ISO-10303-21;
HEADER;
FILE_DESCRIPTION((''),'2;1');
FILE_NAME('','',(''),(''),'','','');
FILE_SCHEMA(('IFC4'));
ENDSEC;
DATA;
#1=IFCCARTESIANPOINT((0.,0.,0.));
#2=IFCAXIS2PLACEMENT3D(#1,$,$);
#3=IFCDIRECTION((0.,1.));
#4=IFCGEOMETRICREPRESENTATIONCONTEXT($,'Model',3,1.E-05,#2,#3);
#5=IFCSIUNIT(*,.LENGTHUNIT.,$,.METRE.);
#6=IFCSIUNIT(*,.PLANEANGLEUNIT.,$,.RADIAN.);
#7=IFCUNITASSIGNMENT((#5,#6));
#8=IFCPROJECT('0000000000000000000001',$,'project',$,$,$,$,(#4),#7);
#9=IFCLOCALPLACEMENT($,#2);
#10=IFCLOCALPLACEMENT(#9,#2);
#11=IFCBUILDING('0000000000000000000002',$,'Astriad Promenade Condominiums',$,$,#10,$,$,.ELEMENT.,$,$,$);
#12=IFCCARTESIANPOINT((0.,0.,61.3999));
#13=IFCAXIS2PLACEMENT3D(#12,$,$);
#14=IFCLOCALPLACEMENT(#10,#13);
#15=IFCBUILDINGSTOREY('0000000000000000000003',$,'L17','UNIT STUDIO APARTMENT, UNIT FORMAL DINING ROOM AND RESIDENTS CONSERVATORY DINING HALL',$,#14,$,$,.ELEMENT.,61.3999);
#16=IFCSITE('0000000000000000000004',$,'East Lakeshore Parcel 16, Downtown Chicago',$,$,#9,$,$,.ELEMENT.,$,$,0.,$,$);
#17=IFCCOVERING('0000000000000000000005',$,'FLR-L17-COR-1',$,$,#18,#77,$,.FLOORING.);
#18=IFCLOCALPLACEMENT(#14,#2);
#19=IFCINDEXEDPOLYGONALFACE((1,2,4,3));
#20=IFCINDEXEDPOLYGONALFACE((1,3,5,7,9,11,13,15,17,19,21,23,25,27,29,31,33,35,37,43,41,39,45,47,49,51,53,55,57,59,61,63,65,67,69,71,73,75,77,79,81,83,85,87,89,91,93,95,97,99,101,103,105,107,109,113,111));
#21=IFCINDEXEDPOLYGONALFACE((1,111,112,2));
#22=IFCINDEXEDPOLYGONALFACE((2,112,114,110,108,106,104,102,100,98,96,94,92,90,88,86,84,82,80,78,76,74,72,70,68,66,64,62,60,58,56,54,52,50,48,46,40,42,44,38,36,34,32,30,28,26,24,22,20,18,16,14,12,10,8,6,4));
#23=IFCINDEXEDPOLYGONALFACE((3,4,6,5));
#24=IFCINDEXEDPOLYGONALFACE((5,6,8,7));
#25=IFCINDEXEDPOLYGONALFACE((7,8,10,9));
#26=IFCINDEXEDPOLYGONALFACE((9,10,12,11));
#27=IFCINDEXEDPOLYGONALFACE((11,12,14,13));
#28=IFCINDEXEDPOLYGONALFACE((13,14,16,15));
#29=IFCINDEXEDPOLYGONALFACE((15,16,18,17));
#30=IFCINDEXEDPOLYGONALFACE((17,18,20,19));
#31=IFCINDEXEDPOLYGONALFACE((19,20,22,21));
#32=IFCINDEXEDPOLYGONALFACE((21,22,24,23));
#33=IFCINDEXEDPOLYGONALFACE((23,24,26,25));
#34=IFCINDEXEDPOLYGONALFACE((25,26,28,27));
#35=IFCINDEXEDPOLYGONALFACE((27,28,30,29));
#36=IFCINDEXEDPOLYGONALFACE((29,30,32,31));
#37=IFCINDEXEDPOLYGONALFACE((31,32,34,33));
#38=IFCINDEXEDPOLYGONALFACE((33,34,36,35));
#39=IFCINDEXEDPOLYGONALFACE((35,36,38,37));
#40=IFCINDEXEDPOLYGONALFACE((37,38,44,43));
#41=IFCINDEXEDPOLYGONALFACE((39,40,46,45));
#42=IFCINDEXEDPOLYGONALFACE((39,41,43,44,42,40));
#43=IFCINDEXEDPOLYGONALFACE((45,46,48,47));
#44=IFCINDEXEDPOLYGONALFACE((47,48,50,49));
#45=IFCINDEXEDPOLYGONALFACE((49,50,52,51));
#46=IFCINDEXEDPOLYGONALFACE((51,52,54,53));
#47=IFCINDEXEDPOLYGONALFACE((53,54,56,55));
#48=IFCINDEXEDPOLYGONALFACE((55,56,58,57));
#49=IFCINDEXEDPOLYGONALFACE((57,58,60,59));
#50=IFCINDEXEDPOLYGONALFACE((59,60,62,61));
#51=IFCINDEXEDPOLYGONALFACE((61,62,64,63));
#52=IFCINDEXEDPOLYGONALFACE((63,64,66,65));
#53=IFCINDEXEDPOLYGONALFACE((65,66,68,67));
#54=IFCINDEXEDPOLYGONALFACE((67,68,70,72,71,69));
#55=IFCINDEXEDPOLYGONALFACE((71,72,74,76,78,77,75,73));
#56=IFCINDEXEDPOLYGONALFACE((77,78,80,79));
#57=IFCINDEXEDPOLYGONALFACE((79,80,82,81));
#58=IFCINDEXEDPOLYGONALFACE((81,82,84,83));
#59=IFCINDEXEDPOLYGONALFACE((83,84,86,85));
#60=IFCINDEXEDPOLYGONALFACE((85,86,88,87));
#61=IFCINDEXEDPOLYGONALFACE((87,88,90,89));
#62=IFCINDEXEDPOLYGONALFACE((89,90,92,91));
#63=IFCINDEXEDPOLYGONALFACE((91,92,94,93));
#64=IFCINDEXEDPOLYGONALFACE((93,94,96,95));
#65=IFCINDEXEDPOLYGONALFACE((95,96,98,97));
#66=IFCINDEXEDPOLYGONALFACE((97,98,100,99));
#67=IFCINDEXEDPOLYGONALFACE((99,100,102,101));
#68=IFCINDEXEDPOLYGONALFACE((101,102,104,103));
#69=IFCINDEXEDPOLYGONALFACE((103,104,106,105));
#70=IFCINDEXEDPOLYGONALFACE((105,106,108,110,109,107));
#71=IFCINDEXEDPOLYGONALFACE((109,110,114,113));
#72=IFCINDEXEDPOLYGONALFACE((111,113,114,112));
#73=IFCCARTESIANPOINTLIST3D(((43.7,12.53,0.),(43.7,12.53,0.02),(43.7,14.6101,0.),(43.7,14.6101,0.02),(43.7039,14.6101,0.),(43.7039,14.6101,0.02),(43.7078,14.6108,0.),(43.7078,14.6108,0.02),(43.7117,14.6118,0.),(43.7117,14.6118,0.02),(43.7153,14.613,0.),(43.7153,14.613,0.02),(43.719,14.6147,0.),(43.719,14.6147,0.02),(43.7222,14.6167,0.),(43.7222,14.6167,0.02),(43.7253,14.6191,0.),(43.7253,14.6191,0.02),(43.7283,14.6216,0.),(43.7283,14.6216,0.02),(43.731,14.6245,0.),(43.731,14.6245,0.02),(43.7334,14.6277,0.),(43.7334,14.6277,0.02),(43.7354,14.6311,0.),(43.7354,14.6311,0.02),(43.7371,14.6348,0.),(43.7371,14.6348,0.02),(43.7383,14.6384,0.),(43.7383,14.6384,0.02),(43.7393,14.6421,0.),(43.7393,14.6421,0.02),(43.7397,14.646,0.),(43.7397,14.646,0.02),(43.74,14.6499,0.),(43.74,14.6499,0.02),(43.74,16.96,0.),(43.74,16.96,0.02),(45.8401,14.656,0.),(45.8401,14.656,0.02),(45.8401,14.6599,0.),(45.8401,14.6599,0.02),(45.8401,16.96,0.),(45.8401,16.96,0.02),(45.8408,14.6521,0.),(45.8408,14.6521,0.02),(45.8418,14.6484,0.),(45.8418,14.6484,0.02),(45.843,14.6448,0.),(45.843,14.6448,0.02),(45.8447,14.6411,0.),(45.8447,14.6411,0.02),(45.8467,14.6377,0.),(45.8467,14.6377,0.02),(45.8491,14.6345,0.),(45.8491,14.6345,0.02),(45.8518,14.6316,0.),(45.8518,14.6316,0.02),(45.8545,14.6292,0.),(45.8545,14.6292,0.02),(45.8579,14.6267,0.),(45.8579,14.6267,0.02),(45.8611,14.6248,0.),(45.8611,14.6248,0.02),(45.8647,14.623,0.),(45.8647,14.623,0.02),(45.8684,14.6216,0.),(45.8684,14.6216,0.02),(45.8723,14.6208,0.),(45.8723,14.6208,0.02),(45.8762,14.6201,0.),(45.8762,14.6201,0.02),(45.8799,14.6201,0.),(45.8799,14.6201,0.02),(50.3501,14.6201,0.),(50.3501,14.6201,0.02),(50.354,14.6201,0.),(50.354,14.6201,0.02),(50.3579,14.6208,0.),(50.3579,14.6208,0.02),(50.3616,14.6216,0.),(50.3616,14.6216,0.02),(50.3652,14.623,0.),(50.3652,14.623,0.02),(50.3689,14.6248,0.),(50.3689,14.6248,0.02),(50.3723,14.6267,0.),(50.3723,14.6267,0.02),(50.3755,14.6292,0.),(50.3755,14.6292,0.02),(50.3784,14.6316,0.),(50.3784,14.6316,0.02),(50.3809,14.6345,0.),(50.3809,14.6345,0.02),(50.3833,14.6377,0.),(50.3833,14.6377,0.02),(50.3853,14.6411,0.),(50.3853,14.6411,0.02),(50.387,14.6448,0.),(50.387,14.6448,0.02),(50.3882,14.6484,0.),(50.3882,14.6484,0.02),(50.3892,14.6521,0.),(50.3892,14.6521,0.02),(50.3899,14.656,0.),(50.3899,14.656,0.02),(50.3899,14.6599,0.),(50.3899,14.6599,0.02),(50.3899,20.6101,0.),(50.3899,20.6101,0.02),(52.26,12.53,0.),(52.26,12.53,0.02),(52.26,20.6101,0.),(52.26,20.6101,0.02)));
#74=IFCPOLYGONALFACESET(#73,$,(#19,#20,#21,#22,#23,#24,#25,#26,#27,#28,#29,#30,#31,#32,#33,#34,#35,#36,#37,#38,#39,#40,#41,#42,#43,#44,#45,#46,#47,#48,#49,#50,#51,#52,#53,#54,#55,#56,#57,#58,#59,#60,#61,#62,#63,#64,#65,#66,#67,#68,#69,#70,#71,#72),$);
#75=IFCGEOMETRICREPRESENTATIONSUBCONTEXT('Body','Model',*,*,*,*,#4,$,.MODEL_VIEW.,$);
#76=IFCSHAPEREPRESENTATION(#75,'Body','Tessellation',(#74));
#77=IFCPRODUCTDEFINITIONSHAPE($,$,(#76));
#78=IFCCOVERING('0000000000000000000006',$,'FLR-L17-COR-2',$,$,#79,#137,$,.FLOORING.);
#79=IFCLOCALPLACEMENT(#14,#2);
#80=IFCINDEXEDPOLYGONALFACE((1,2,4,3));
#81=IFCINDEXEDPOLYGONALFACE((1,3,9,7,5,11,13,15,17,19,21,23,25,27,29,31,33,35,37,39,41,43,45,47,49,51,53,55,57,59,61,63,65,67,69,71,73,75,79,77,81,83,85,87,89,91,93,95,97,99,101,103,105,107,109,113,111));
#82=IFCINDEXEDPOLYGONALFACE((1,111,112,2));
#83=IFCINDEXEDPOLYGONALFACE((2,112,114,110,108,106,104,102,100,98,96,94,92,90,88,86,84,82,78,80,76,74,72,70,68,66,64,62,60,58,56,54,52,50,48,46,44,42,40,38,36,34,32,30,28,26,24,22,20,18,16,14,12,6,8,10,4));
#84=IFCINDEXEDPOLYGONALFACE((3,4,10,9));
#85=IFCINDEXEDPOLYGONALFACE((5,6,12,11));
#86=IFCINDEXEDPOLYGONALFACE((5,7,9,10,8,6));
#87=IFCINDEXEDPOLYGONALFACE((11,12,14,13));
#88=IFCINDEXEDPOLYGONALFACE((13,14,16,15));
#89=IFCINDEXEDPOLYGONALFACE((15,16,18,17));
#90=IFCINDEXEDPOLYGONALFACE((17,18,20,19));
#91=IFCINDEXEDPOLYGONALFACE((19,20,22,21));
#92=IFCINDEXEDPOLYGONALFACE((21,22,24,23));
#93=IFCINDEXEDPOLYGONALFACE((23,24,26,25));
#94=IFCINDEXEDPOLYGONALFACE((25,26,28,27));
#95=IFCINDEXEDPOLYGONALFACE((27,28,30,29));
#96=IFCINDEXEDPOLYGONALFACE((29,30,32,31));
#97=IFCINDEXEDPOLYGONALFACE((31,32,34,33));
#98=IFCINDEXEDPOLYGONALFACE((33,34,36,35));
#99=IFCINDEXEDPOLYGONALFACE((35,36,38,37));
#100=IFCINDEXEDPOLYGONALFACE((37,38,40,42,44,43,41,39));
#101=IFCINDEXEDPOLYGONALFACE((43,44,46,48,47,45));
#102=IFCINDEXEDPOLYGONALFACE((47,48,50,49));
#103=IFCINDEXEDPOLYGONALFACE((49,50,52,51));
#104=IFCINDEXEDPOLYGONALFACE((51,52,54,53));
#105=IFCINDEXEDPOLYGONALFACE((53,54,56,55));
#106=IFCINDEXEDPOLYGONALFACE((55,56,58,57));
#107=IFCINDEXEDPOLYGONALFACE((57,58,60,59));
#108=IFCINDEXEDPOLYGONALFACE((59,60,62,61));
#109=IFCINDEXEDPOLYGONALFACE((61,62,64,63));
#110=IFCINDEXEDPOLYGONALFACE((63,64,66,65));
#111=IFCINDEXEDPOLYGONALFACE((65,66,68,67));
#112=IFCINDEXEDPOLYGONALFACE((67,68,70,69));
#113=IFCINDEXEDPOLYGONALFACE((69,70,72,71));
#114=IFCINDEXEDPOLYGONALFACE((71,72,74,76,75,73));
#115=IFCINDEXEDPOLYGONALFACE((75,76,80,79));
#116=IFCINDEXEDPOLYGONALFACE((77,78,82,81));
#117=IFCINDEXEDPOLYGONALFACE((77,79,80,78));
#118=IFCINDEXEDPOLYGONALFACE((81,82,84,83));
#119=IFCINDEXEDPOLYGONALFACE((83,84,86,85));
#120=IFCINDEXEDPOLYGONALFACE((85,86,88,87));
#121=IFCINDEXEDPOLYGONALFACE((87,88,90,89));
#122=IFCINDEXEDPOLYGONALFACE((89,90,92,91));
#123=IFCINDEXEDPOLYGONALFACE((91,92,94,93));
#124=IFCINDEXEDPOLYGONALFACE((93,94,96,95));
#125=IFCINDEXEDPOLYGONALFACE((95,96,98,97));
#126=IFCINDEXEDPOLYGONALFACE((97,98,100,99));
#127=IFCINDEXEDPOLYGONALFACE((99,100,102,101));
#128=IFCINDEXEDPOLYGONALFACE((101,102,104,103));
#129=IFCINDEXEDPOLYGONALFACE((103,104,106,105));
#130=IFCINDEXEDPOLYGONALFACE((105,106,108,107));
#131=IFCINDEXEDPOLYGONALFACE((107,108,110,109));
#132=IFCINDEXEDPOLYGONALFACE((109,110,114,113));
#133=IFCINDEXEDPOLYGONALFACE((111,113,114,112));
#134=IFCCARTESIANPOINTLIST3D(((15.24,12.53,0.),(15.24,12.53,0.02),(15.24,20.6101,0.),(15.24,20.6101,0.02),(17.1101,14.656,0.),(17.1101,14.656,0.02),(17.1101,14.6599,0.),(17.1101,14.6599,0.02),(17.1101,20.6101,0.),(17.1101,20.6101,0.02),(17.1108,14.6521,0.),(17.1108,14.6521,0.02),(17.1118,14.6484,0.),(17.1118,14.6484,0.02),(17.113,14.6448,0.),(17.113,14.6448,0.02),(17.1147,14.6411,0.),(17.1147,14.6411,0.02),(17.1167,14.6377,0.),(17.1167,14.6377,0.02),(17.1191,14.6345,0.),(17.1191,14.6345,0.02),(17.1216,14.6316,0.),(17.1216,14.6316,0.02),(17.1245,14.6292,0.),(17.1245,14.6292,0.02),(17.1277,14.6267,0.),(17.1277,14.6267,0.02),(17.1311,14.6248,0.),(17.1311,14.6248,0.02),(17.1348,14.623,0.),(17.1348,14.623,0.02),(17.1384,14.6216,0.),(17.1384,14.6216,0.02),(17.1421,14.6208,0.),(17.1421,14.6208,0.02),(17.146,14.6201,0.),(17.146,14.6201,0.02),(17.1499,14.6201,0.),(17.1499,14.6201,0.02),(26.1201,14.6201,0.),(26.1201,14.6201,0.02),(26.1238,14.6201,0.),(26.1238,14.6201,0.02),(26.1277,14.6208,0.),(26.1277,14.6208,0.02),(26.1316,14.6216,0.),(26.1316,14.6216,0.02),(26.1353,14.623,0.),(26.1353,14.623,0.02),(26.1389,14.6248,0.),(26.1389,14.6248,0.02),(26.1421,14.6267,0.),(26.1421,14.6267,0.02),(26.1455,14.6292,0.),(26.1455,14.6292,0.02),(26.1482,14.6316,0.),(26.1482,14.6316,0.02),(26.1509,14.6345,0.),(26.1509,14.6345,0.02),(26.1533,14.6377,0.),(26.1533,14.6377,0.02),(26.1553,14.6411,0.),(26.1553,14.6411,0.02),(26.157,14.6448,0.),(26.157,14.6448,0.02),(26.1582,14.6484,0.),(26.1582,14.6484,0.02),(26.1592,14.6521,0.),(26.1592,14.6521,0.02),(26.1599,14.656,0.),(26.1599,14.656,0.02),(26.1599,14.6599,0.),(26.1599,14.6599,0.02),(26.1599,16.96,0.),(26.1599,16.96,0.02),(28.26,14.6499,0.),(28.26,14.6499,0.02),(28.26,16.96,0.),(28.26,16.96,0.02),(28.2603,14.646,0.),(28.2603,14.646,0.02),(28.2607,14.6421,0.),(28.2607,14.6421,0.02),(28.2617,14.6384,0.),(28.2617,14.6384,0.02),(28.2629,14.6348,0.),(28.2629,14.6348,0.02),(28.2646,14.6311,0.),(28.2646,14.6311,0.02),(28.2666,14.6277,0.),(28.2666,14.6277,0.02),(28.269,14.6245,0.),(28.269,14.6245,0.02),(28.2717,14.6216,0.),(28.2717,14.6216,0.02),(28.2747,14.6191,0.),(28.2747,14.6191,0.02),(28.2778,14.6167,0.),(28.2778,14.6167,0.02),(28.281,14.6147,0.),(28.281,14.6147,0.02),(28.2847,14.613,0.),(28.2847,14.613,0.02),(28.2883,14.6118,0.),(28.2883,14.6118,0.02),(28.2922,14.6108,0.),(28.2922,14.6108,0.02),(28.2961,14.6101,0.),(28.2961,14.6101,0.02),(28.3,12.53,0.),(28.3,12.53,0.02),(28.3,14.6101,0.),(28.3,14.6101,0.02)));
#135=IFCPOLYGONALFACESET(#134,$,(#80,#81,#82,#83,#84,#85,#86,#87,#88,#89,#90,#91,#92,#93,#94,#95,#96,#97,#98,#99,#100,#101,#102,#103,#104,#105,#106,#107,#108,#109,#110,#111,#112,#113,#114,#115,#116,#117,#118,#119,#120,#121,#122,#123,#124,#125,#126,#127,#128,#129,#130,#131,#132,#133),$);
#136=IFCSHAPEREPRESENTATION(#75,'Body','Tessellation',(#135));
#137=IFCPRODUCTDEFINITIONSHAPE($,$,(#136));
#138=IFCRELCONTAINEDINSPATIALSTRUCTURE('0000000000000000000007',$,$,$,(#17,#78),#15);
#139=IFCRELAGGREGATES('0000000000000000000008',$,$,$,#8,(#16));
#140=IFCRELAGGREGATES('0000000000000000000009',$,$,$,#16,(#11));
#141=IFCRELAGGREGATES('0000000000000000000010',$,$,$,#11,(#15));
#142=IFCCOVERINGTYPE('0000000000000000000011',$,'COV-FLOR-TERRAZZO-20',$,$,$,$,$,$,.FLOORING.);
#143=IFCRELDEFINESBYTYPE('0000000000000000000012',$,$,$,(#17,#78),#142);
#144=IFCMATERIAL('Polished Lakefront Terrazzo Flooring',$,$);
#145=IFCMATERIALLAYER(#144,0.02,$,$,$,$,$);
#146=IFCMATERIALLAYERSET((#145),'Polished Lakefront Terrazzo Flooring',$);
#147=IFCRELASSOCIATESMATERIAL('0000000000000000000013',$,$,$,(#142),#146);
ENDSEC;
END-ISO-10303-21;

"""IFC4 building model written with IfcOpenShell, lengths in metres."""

from ifc_helpers import new_model, si_unit, direction, frame, origin, place, context, subcontext, project, spatial, polyline, outline, extrude, material, layer, layer_set, type_object, element, save


model = new_model("IFC4")

# Units and contexts
model_context = context("Model", 3, precision=1e-05, world=origin(), true_north=direction((0.0, 1.0)))
body_context = subcontext(model_context, "Body", "Model", "MODEL_VIEW")
ifc_project = project(units=[si_unit("LENGTHUNIT", "METRE"), si_unit("PLANEANGLEUNIT", "RADIAN")], contexts=[model_context])

# Site, building, storey
site_placement = place(None, origin())
site = spatial("IfcSite", under=ifc_project, at=site_placement, Name="East Lakeshore Parcel 16, Downtown Chicago", CompositionType="ELEMENT", RefElevation=0.0)
building_placement = place(site_placement, origin())
building = spatial("IfcBuilding", under=site, at=building_placement, Name="Astriad Promenade Condominiums", CompositionType="ELEMENT")
storey_placement = place(building_placement, frame((0.0, 0.0, 61.3999)))
storey = spatial("IfcBuildingStorey", under=building, at=storey_placement, Name="L17", Description="UNIT STUDIO APARTMENT, UNIT FORMAL DINING ROOM AND RESIDENTS CONSERVATORY DINING HALL", CompositionType="ELEMENT", Elevation=61.3999)

# Coverings
ifc_material_1 = material(Name="Polished Lakefront Terrazzo Flooring")
ifc_layer_1 = layer(ifc_material_1, 0.02)
ifc_layer_set_1 = layer_set([ifc_layer_1], Name="Polished Lakefront Terrazzo Flooring")
covering_type = type_object("IfcCoveringType", Name="COV-FLOR-TERRAZZO-20", PredefinedType="FLOORING", material=ifc_layer_set_1)
covering_1_placement = place(storey_placement, origin())
element("IfcCovering", 1, at=covering_1_placement, inside=storey, type_object=covering_type, Name="FLR-L17-COR-1", PredefinedType="FLOORING", context=body_context, shape_type="SweptSolid", body=[
    extrude(outline(polyline([(43.7, 12.53), (43.7, 14.6101), (43.7039, 14.6101), (43.7078, 14.6108), (43.7117, 14.6118), (43.7153, 14.613), (43.719, 14.6147), (43.7222, 14.6167), (43.7253, 14.6191), (43.7283, 14.6216), (43.731, 14.6245), (43.7334, 14.6277), (43.7354, 14.6311), (43.7371, 14.6348), (43.7383, 14.6384), (43.7393, 14.6421), (43.7397, 14.646), (43.74, 14.6499), (43.74, 16.96), (45.8401, 16.96), (45.8401, 14.6599), (45.8401, 14.656), (45.8408, 14.6521), (45.8418, 14.6484), (45.843, 14.6448), (45.8447, 14.6411), (45.8467, 14.6377), (45.8491, 14.6345), (45.8518, 14.6316), (45.8545, 14.6292), (45.8579, 14.6267), (45.8611, 14.6248), (45.8647, 14.623), (45.8684, 14.6216), (45.8723, 14.6208), (45.8762, 14.6201), (45.8799, 14.6201), (50.3501, 14.6201), (50.354, 14.6201), (50.3579, 14.6208), (50.3616, 14.6216), (50.3652, 14.623), (50.3689, 14.6248), (50.3723, 14.6267), (50.3755, 14.6292), (50.3784, 14.6316), (50.3809, 14.6345), (50.3833, 14.6377), (50.3853, 14.6411), (50.387, 14.6448), (50.3882, 14.6484), (50.3892, 14.6521), (50.3899, 14.656), (50.3899, 14.6599), (50.3899, 20.6101), (52.26, 20.6101), (52.26, 12.53), (43.7, 12.53)])), origin(), (0.0, 0.0, 1.0), 0.02),
])
covering_2_placement = place(storey_placement, origin())
element("IfcCovering", 2, at=covering_2_placement, inside=storey, type_object=covering_type, Name="FLR-L17-COR-2", PredefinedType="FLOORING", context=body_context, shape_type="SweptSolid", body=[
    extrude(outline(polyline([(28.3, 12.53), (15.24, 12.53), (15.24, 20.6101), (17.1101, 20.6101), (17.1101, 14.6599), (17.1101, 14.656), (17.1108, 14.6521), (17.1118, 14.6484), (17.113, 14.6448), (17.1147, 14.6411), (17.1167, 14.6377), (17.1191, 14.6345), (17.1216, 14.6316), (17.1245, 14.6292), (17.1277, 14.6267), (17.1311, 14.6248), (17.1348, 14.623), (17.1384, 14.6216), (17.1421, 14.6208), (17.146, 14.6201), (17.1499, 14.6201), (26.1201, 14.6201), (26.1238, 14.6201), (26.1277, 14.6208), (26.1316, 14.6216), (26.1353, 14.623), (26.1389, 14.6248), (26.1421, 14.6267), (26.1455, 14.6292), (26.1482, 14.6316), (26.1509, 14.6345), (26.1533, 14.6377), (26.1553, 14.6411), (26.157, 14.6448), (26.1582, 14.6484), (26.1592, 14.6521), (26.1599, 14.656), (26.1599, 14.6599), (26.1599, 16.96), (28.26, 16.96), (28.26, 14.6499), (28.2603, 14.646), (28.2607, 14.6421), (28.2617, 14.6384), (28.2629, 14.6348), (28.2646, 14.6311), (28.2666, 14.6277), (28.269, 14.6245), (28.2717, 14.6216), (28.2747, 14.6191), (28.2778, 14.6167), (28.281, 14.6147), (28.2847, 14.613), (28.2883, 14.6118), (28.2922, 14.6108), (28.2961, 14.6101), (28.3, 14.6101), (28.3, 12.53)])), origin(), (0.0, 0.0, 1.0), 0.02),
])

save(model, "model.ifc")
